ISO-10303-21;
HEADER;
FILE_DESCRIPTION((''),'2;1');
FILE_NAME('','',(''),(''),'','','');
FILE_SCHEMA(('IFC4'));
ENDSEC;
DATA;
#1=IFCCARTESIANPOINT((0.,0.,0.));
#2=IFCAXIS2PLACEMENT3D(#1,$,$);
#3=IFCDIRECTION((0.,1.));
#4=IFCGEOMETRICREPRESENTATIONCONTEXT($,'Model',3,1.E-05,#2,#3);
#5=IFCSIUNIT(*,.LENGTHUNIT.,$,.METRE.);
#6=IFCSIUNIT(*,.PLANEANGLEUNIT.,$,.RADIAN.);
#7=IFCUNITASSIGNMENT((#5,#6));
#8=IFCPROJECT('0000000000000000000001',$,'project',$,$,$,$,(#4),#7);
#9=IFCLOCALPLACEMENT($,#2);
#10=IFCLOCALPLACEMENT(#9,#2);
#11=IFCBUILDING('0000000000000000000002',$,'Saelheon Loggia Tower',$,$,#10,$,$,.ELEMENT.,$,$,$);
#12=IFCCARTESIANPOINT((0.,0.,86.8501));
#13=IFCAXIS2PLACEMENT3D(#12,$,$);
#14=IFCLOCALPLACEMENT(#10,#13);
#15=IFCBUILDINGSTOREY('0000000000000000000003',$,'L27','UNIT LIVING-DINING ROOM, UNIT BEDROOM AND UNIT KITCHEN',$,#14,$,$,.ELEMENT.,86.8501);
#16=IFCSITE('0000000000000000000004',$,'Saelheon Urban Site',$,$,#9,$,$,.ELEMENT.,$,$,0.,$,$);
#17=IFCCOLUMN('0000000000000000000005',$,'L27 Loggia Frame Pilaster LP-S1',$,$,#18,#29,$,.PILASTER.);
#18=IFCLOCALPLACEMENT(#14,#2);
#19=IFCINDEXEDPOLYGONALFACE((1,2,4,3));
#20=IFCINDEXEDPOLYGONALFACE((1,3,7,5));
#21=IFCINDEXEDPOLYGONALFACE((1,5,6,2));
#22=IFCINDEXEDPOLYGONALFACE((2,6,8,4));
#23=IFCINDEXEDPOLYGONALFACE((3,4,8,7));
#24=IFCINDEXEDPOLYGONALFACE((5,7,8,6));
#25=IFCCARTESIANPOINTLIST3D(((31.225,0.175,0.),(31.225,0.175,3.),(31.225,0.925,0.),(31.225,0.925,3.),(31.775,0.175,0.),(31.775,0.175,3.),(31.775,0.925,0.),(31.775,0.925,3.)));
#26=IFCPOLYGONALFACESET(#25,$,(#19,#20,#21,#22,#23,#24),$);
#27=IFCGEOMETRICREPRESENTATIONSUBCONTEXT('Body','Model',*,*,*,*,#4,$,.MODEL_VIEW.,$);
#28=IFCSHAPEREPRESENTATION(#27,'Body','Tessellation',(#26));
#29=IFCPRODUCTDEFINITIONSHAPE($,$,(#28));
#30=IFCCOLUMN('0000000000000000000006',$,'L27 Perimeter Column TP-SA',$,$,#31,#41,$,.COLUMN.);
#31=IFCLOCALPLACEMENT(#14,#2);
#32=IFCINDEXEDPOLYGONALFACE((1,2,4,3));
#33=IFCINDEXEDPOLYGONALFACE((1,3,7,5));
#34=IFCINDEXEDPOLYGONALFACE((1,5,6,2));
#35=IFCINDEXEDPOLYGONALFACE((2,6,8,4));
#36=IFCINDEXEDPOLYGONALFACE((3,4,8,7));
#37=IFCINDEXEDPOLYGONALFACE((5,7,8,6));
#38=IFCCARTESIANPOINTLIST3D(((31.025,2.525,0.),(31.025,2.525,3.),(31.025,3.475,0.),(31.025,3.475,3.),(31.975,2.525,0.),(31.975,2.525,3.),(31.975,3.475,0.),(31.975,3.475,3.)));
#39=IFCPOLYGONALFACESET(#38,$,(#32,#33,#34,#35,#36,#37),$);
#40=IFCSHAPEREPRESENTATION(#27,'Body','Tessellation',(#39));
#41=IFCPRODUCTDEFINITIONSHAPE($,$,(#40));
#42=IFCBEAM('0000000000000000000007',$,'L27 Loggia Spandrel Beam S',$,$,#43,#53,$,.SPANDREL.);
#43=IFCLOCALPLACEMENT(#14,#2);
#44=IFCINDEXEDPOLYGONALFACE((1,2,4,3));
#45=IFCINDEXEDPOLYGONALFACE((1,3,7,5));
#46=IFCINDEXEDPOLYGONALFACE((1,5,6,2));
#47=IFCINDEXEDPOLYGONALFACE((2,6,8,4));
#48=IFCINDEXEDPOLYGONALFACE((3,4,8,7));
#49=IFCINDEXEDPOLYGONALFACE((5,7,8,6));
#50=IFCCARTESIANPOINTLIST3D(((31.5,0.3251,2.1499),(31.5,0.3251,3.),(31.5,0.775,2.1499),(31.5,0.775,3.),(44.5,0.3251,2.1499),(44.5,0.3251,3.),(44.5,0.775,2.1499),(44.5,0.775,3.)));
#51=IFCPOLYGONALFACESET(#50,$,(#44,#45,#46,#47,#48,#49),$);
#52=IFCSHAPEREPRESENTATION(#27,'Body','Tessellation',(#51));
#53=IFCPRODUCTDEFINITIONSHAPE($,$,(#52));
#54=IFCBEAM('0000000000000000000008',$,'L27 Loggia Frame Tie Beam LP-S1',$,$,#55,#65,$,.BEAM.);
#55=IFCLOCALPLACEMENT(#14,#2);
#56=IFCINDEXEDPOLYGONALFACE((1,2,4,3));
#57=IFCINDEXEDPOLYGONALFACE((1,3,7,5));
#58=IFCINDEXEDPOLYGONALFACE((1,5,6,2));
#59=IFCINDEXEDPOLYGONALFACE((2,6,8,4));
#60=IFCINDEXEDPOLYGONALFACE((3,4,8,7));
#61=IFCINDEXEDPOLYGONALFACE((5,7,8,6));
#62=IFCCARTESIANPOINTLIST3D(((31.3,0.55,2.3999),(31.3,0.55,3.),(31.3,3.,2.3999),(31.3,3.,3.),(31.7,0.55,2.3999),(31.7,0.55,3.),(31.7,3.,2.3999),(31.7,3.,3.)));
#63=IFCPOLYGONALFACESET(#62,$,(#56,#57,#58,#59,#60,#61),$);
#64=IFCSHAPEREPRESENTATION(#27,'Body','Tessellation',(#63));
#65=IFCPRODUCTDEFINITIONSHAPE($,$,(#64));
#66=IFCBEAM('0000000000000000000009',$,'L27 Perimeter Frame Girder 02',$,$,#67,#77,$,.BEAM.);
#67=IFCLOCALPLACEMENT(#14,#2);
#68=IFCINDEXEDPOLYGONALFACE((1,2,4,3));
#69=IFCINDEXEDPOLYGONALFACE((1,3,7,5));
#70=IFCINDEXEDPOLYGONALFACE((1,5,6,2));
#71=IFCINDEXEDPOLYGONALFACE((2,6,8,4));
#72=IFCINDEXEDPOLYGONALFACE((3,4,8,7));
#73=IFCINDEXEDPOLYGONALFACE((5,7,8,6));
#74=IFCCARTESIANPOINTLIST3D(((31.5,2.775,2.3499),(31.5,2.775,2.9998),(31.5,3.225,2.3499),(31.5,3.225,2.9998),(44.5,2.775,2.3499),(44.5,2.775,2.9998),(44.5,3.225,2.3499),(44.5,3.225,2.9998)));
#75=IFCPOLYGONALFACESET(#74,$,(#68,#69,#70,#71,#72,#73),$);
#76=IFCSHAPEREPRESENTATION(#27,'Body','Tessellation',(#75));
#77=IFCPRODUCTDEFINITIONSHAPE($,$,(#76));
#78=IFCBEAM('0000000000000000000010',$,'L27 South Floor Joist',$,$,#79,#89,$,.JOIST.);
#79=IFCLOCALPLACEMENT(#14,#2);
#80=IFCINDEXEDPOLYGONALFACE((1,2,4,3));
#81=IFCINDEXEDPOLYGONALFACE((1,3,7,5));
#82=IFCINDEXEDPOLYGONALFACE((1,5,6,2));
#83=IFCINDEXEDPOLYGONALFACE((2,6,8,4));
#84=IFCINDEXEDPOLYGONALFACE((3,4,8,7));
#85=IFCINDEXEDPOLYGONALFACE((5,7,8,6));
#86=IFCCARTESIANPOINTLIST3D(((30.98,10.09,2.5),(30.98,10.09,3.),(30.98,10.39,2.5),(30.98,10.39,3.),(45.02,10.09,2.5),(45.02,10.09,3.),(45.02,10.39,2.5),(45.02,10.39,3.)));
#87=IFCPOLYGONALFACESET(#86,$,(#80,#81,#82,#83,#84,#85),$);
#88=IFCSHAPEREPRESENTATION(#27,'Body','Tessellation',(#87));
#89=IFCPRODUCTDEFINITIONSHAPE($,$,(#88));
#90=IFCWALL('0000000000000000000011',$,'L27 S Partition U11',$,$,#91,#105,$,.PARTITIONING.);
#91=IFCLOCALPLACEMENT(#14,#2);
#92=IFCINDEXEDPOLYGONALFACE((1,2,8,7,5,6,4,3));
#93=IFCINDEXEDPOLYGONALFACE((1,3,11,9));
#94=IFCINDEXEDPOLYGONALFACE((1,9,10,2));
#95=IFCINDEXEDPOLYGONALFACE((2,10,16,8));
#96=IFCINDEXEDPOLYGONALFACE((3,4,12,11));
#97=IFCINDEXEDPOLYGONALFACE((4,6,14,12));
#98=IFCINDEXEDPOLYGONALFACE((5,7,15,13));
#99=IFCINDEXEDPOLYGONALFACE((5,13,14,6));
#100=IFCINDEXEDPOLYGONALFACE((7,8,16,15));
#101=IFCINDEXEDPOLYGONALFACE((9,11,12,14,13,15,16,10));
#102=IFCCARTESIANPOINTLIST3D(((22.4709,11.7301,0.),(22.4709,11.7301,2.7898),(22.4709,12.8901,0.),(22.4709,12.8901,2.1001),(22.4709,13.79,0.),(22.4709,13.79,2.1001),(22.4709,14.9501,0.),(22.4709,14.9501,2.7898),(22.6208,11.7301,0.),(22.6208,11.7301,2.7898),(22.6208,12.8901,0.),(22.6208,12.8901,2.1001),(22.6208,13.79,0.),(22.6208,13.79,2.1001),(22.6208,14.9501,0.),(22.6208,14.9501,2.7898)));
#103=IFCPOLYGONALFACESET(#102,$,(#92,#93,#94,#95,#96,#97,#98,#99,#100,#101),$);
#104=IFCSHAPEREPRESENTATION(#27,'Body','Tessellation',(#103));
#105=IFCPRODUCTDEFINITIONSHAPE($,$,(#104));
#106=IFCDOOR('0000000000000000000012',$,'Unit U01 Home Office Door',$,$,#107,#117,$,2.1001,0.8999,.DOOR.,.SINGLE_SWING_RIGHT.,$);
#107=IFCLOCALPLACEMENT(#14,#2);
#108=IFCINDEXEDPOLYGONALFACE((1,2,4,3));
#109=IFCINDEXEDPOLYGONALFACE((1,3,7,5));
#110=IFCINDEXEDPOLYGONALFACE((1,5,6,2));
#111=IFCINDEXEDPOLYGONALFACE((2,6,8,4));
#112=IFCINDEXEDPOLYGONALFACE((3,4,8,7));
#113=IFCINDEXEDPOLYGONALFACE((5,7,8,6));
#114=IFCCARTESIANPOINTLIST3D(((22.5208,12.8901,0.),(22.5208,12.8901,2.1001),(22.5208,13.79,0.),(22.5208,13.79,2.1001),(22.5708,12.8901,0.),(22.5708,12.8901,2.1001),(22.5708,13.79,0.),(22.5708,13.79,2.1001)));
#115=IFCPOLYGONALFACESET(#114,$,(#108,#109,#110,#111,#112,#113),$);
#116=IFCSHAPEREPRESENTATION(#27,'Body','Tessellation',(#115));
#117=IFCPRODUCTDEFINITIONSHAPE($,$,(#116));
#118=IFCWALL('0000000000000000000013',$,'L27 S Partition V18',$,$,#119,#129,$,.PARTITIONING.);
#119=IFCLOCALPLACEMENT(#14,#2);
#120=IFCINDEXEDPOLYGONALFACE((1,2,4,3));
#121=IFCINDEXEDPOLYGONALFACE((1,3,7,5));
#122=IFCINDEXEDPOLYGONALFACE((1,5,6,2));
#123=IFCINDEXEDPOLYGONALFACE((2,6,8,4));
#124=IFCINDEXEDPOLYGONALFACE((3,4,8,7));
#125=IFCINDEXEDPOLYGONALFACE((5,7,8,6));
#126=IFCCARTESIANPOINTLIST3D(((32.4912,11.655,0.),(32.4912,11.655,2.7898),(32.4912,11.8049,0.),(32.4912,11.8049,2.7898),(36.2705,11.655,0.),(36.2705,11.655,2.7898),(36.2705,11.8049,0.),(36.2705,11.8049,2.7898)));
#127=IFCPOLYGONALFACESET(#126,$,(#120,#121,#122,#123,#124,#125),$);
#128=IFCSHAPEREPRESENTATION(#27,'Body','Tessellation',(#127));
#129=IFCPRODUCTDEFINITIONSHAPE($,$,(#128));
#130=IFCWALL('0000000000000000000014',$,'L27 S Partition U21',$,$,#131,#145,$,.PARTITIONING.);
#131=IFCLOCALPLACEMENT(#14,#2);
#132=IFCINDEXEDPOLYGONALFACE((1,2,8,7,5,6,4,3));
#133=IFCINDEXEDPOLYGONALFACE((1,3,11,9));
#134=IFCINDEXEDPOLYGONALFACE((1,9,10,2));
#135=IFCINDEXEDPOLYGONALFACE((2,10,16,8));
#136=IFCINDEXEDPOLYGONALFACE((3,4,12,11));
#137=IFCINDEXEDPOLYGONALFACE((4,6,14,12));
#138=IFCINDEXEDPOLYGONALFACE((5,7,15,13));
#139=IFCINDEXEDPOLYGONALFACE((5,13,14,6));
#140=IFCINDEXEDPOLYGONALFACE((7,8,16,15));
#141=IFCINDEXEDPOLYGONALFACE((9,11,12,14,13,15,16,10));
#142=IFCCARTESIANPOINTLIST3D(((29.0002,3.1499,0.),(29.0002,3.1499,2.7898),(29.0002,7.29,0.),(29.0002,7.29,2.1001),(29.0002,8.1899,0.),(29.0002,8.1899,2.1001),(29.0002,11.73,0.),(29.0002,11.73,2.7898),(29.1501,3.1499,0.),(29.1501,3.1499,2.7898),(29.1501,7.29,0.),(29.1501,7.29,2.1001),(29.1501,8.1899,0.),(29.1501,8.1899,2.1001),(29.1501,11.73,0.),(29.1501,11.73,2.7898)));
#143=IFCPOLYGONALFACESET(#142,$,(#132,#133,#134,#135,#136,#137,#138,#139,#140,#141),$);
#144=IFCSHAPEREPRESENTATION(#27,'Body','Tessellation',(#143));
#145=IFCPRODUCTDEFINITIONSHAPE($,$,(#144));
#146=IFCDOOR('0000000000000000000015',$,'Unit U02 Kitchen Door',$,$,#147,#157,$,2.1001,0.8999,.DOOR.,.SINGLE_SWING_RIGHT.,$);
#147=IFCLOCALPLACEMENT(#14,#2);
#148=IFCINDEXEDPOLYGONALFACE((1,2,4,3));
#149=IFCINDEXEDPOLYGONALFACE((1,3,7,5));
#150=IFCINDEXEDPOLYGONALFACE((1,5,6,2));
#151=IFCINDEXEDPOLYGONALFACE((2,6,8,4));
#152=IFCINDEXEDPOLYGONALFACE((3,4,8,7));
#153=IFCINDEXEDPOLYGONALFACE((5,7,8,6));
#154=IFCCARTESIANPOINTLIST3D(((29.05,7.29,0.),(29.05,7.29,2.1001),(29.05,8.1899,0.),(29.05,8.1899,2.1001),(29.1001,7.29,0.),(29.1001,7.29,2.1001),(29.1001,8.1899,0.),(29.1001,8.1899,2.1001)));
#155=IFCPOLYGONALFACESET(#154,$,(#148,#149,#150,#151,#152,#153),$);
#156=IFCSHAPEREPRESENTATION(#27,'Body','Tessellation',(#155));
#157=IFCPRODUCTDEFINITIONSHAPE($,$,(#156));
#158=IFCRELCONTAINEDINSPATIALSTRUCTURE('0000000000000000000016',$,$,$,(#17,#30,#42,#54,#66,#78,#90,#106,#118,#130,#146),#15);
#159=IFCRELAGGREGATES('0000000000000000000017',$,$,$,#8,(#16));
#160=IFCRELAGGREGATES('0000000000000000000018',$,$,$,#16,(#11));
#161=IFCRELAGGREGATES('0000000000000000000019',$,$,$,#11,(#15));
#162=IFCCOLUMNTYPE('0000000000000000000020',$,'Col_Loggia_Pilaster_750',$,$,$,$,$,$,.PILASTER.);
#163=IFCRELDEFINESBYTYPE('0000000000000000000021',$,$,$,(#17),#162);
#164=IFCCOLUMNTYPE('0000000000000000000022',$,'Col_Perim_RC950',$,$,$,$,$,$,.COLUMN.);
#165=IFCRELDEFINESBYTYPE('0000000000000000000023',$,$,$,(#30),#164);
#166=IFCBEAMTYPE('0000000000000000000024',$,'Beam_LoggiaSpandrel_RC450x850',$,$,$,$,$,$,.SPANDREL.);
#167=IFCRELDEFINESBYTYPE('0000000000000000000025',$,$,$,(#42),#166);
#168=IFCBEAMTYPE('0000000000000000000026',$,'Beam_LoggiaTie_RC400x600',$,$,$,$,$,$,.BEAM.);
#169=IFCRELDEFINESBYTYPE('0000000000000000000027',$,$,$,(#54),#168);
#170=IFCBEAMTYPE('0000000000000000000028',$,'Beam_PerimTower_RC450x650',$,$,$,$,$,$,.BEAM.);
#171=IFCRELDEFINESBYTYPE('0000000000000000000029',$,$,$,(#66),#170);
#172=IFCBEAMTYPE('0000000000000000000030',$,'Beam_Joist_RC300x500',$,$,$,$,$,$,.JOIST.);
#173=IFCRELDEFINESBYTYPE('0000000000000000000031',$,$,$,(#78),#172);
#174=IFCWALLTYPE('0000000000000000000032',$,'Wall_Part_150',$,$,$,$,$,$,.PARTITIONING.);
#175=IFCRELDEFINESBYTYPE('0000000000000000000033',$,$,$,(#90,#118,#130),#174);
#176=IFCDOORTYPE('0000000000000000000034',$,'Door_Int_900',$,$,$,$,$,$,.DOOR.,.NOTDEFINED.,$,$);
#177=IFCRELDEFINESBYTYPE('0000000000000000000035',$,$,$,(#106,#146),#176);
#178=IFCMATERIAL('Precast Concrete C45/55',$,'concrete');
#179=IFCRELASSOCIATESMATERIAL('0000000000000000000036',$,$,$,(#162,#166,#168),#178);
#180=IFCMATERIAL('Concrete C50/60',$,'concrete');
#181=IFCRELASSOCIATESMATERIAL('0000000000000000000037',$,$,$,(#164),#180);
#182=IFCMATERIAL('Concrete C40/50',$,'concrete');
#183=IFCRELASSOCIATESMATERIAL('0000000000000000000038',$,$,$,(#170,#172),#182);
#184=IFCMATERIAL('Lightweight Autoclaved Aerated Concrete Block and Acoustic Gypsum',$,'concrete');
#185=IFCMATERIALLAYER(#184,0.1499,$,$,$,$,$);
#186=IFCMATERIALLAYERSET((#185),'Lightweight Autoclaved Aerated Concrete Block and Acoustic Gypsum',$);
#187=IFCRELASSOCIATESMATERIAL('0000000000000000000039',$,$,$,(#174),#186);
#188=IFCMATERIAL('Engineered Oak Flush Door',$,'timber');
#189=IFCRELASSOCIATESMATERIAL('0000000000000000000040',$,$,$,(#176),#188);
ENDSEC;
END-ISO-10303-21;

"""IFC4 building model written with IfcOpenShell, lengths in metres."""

from ifc_helpers import new_model, si_unit, direction, frame, frame_2d, origin, origin_2d, place, context, subcontext, project, spatial, rectangle, extrude, source, transform, mapped, material, layer, layer_set, material_profile, profile_set, type_object, element, fill, save


model = new_model("IFC4")

# Units and contexts
model_context = context("Model", 3, precision=1e-05, world=origin(), true_north=direction((0.0, 1.0)))
body_context = subcontext(model_context, "Body", "Model", "MODEL_VIEW")
ifc_project = project(units=[si_unit("LENGTHUNIT", "METRE"), si_unit("PLANEANGLEUNIT", "RADIAN")], contexts=[model_context])

# Site, building, storey
site_placement = place(None, origin())
site = spatial("IfcSite", under=ifc_project, at=site_placement, Name="Saelheon Urban Site", CompositionType="ELEMENT", RefElevation=0.0)
building_placement = place(site_placement, origin())
building = spatial("IfcBuilding", under=site, at=building_placement, Name="Saelheon Loggia Tower", CompositionType="ELEMENT")
storey_placement = place(building_placement, frame((0.0, 0.0, 86.8501)))
storey = spatial("IfcBuildingStorey", under=building, at=storey_placement, Name="L27", Description="UNIT LIVING-DINING ROOM, UNIT BEDROOM AND UNIT KITCHEN", CompositionType="ELEMENT", Elevation=86.8501)

# Columns
ifc_material_1 = material(Name="Precast Concrete C45/55", Category="concrete")
ifc_material_profile_1 = material_profile(ifc_material_1, rectangle(XDim=0.55, YDim=0.75, at=origin_2d()), Name="RC-550x750")
ifc_profile_set_1 = profile_set([ifc_material_profile_1], Name="Precast Concrete C45/55")
column_type_1 = type_object("IfcColumnType", Name="Col_Loggia_Pilaster_750", PredefinedType="PILASTER", material=ifc_profile_set_1)
shared_shape_1 = source(origin(), body_context, "Body", "SweptSolid", [
    extrude(rectangle(XDim=0.55, YDim=0.75, at=origin_2d()), origin(), (0.0, 0.0, 1.0), 3.0),
])
column_1_placement = place(storey_placement, frame((31.5, 0.55, 0.0), z_axis=(0.0, 0.0, 1.0), x_axis=(1.0, 0.0, 0.0)))
element("IfcColumn", 1, at=column_1_placement, inside=storey, type_object=column_type_1, Name="L27 Loggia Frame Pilaster LP-S1", PredefinedType="PILASTER", context=body_context, shape_type="MappedRepresentation", body=[
    mapped(shared_shape_1, transform((0.0, 0.0, 0.0), scale=1.0)),
])
ifc_material_2 = material(Name="Concrete C50/60", Category="concrete")
ifc_material_profile_2 = material_profile(ifc_material_2, rectangle(XDim=0.95, YDim=0.95, at=origin_2d()), Name="RC-950x950")
ifc_profile_set_2 = profile_set([ifc_material_profile_2], Name="Concrete C50/60")
column_type_2 = type_object("IfcColumnType", Name="Col_Perim_RC950", PredefinedType="COLUMN", material=ifc_profile_set_2)
shared_shape_2 = source(origin(), body_context, "Body", "SweptSolid", [
    extrude(rectangle(XDim=0.95, YDim=0.95, at=origin_2d()), origin(), (0.0, 0.0, 1.0), 3.0),
])
column_2_placement = place(storey_placement, frame((31.5, 3.0, 0.0), z_axis=(0.0, 0.0, 1.0), x_axis=(1.0, 0.0, 0.0)))
element("IfcColumn", 2, at=column_2_placement, inside=storey, type_object=column_type_2, Name="L27 Perimeter Column TP-SA", PredefinedType="COLUMN", context=body_context, shape_type="MappedRepresentation", body=[
    mapped(shared_shape_2, transform((0.0, 0.0, 0.0), scale=1.0)),
])

# Beams
ifc_material_profile_3 = material_profile(ifc_material_1, rectangle(XDim=0.45, YDim=0.8501, at=origin_2d()), Name="RC-450x850")
ifc_profile_set_3 = profile_set([ifc_material_profile_3], Name="Precast Concrete C45/55")
beam_type_1 = type_object("IfcBeamType", Name="Beam_LoggiaSpandrel_RC450x850", PredefinedType="SPANDREL", material=ifc_profile_set_3)
shared_shape_3 = source(origin(), body_context, "Body", "SweptSolid", [
    extrude(rectangle(XDim=0.45, YDim=0.8501, at=origin_2d()), origin(), (0.0, 0.0, 1.0), 13.0),
])
beam_1_placement = place(storey_placement, frame((31.5, 0.55, 2.575), z_axis=(1.0, 0.0, 0.0), x_axis=(0.0, 1.0, 0.0)))
element("IfcBeam", 3, at=beam_1_placement, inside=storey, type_object=beam_type_1, Name="L27 Loggia Spandrel Beam S", PredefinedType="SPANDREL", context=body_context, shape_type="MappedRepresentation", body=[
    mapped(shared_shape_3, transform((0.0, 0.0, 0.0), scale=1.0)),
])
ifc_material_profile_4 = material_profile(ifc_material_1, rectangle(XDim=0.3999, YDim=0.6001, at=origin_2d()), Name="RC-400x600")
ifc_profile_set_4 = profile_set([ifc_material_profile_4], Name="Precast Concrete C45/55")
beam_type_2 = type_object("IfcBeamType", Name="Beam_LoggiaTie_RC400x600", PredefinedType="BEAM", material=ifc_profile_set_4)
shared_shape_4 = source(origin(), body_context, "Body", "SweptSolid", [
    extrude(rectangle(XDim=0.3999, YDim=0.6001, at=origin_2d()), origin(), (0.0, 0.0, 1.0), 2.45),
])
beam_2_placement = place(storey_placement, frame((31.5, 3.0, 2.7), z_axis=(0.0, -1.0, 0.0), x_axis=(1.0, 0.0, 0.0)))
element("IfcBeam", 4, at=beam_2_placement, inside=storey, type_object=beam_type_2, Name="L27 Loggia Frame Tie Beam LP-S1", PredefinedType="BEAM", context=body_context, shape_type="MappedRepresentation", body=[
    mapped(shared_shape_4, transform((0.0, 0.0, 0.0), scale=1.0)),
])
ifc_material_3 = material(Name="Concrete C40/50", Category="concrete")
ifc_material_profile_5 = material_profile(ifc_material_3, rectangle(XDim=0.45, YDim=0.6499, at=origin_2d()), Name="RC-450x650")
ifc_profile_set_5 = profile_set([ifc_material_profile_5], Name="Concrete C40/50")
beam_type_3 = type_object("IfcBeamType", Name="Beam_PerimTower_RC450x650", PredefinedType="BEAM", material=ifc_profile_set_5)
shared_shape_5 = source(origin(), body_context, "Body", "SweptSolid", [
    extrude(rectangle(XDim=0.45, YDim=0.6499, at=origin_2d()), origin(), (0.0, 0.0, 1.0), 13.0),
])
beam_3_placement = place(storey_placement, frame((31.5, 3.0, 2.6748), z_axis=(1.0, 0.0, 0.0), x_axis=(0.0, 1.0, 0.0)))
element("IfcBeam", 5, at=beam_3_placement, inside=storey, type_object=beam_type_3, Name="L27 Perimeter Frame Girder 02", PredefinedType="BEAM", context=body_context, shape_type="MappedRepresentation", body=[
    mapped(shared_shape_5, transform((0.0, 0.0, 0.0), scale=1.0)),
])
ifc_material_profile_6 = material_profile(ifc_material_3, rectangle(XDim=0.3, YDim=0.5, at=origin_2d()), Name="RC-300x500")
ifc_profile_set_6 = profile_set([ifc_material_profile_6], Name="Concrete C40/50")
beam_type_4 = type_object("IfcBeamType", Name="Beam_Joist_RC300x500", PredefinedType="JOIST", material=ifc_profile_set_6)
shared_shape_6 = source(origin(), body_context, "Body", "SweptSolid", [
    extrude(rectangle(XDim=0.3, YDim=0.5, at=origin_2d()), origin(), (0.0, 0.0, 1.0), 14.04),
])
beam_4_placement = place(storey_placement, frame((30.98, 10.24, 2.75), z_axis=(1.0, 0.0, 0.0), x_axis=(0.0, 1.0, 0.0)))
element("IfcBeam", 6, at=beam_4_placement, inside=storey, type_object=beam_type_4, Name="L27 South Floor Joist", PredefinedType="JOIST", context=body_context, shape_type="MappedRepresentation", body=[
    mapped(shared_shape_6, transform((0.0, 0.0, 0.0), scale=1.0)),
])

# Wall, opening, door
ifc_material_4 = material(Name="Lightweight Autoclaved Aerated Concrete Block and Acoustic Gypsum", Category="concrete")
ifc_layer_1 = layer(ifc_material_4, 0.1499)
ifc_layer_set_1 = layer_set([ifc_layer_1], Name="Lightweight Autoclaved Aerated Concrete Block and Acoustic Gypsum")
wall_type_1 = type_object("IfcWallType", Name="Wall_Part_150", PredefinedType="PARTITIONING", material=ifc_layer_set_1)
wall_1_placement = place(storey_placement, frame((22.5459, 14.95, 0.0), z_axis=(0.0, 0.0, 1.0), x_axis=(0.0, -1.0, 0.0)))
wall_1 = element("IfcWall", 7, at=wall_1_placement, inside=storey, type_object=wall_type_1, Name="L27 S Partition U11", PredefinedType="PARTITIONING", context=body_context, shape_type="SweptSolid", body=[
    extrude(rectangle(XDim=3.22, YDim=0.1499, at=frame_2d((1.6099, 0.0))), origin(), (0.0, 0.0, 1.0), 2.7898),
])
opening_1_placement = place(wall_1_placement, frame((1.1599, 0.0, 0.0)))
opening_1 = element("IfcOpeningElement", 8, at=opening_1_placement, cuts=wall_1, PredefinedType="OPENING", context=body_context, shape_type="SweptSolid", body=[
    extrude(rectangle(XDim=0.8999, YDim=2.1001, at=frame_2d((0.45, 1.05))), frame((0.0, 0.0869, 0.0), z_axis=(0.0, -1.0, 0.0), x_axis=(1.0, 0.0, 0.0)), (0.0, 0.0, 1.0), 0.1738),
])
ifc_material_5 = material(Name="Engineered Oak Flush Door", Category="timber")
door_type_1 = type_object("IfcDoorType", Name="Door_Int_900", OperationType="NOTDEFINED", PredefinedType="DOOR", material=ifc_material_5)
shared_shape_7 = source(origin(), body_context, "Body", "SweptSolid", [
    extrude(rectangle(XDim=0.8999, YDim=2.1001, at=frame_2d((0.45, 1.05))), frame((0.0, 0.0249, 0.0), z_axis=(0.0, -1.0, 0.0), x_axis=(1.0, 0.0, 0.0)), (0.0, 0.0, 1.0), 0.05),
])
door_1_placement = place(opening_1_placement, origin())
door_1 = element("IfcDoor", 9, at=door_1_placement, inside=storey, type_object=door_type_1, Name="Unit U01 Home Office Door", OperationType="SINGLE_SWING_RIGHT", OverallHeight=2.1001, OverallWidth=0.8999, PredefinedType="DOOR", context=body_context, shape_type="MappedRepresentation", body=[
    mapped(shared_shape_7, transform((0.0, 0.0, 0.0), scale=1.0)),
])
fill(opening_1, door_1)

# Wall
wall_2_placement = place(storey_placement, frame((32.4912, 11.73, 0.0), z_axis=(0.0, 0.0, 1.0), x_axis=(1.0, 0.0, 0.0)))
element("IfcWall", 10, at=wall_2_placement, inside=storey, type_object=wall_type_1, Name="L27 S Partition V18", PredefinedType="PARTITIONING", context=body_context, shape_type="SweptSolid", body=[
    extrude(rectangle(XDim=3.7793, YDim=0.1499, at=frame_2d((1.8896, 0.0))), origin(), (0.0, 0.0, 1.0), 2.7898),
])

# Wall, opening, door
wall_3_placement = place(storey_placement, frame((29.0752, 11.73, 0.0), z_axis=(0.0, 0.0, 1.0), x_axis=(0.0, -1.0, 0.0)))
wall_3 = element("IfcWall", 11, at=wall_3_placement, inside=storey, type_object=wall_type_1, Name="L27 S Partition U21", PredefinedType="PARTITIONING", context=body_context, shape_type="SweptSolid", body=[
    extrude(rectangle(XDim=8.5801, YDim=0.1499, at=frame_2d((4.29, 0.0))), origin(), (0.0, 0.0, 1.0), 2.7898),
])
opening_2_placement = place(wall_3_placement, frame((3.54, 0.0, 0.0)))
opening_2 = element("IfcOpeningElement", 12, at=opening_2_placement, cuts=wall_3, PredefinedType="OPENING", context=body_context, shape_type="SweptSolid", body=[
    extrude(rectangle(XDim=0.8999, YDim=2.1001, at=frame_2d((0.45, 1.05))), frame((0.0, 0.0869, 0.0), z_axis=(0.0, -1.0, 0.0), x_axis=(1.0, 0.0, 0.0)), (0.0, 0.0, 1.0), 0.1738),
])
door_2_placement = place(opening_2_placement, origin())
door_2 = element("IfcDoor", 13, at=door_2_placement, inside=storey, type_object=door_type_1, Name="Unit U02 Kitchen Door", OperationType="SINGLE_SWING_RIGHT", OverallHeight=2.1001, OverallWidth=0.8999, PredefinedType="DOOR", context=body_context, shape_type="MappedRepresentation", body=[
    mapped(shared_shape_7, transform((0.0, 0.0, 0.0), scale=1.0)),
])
fill(opening_2, door_2)

save(model, "model.ifc")
